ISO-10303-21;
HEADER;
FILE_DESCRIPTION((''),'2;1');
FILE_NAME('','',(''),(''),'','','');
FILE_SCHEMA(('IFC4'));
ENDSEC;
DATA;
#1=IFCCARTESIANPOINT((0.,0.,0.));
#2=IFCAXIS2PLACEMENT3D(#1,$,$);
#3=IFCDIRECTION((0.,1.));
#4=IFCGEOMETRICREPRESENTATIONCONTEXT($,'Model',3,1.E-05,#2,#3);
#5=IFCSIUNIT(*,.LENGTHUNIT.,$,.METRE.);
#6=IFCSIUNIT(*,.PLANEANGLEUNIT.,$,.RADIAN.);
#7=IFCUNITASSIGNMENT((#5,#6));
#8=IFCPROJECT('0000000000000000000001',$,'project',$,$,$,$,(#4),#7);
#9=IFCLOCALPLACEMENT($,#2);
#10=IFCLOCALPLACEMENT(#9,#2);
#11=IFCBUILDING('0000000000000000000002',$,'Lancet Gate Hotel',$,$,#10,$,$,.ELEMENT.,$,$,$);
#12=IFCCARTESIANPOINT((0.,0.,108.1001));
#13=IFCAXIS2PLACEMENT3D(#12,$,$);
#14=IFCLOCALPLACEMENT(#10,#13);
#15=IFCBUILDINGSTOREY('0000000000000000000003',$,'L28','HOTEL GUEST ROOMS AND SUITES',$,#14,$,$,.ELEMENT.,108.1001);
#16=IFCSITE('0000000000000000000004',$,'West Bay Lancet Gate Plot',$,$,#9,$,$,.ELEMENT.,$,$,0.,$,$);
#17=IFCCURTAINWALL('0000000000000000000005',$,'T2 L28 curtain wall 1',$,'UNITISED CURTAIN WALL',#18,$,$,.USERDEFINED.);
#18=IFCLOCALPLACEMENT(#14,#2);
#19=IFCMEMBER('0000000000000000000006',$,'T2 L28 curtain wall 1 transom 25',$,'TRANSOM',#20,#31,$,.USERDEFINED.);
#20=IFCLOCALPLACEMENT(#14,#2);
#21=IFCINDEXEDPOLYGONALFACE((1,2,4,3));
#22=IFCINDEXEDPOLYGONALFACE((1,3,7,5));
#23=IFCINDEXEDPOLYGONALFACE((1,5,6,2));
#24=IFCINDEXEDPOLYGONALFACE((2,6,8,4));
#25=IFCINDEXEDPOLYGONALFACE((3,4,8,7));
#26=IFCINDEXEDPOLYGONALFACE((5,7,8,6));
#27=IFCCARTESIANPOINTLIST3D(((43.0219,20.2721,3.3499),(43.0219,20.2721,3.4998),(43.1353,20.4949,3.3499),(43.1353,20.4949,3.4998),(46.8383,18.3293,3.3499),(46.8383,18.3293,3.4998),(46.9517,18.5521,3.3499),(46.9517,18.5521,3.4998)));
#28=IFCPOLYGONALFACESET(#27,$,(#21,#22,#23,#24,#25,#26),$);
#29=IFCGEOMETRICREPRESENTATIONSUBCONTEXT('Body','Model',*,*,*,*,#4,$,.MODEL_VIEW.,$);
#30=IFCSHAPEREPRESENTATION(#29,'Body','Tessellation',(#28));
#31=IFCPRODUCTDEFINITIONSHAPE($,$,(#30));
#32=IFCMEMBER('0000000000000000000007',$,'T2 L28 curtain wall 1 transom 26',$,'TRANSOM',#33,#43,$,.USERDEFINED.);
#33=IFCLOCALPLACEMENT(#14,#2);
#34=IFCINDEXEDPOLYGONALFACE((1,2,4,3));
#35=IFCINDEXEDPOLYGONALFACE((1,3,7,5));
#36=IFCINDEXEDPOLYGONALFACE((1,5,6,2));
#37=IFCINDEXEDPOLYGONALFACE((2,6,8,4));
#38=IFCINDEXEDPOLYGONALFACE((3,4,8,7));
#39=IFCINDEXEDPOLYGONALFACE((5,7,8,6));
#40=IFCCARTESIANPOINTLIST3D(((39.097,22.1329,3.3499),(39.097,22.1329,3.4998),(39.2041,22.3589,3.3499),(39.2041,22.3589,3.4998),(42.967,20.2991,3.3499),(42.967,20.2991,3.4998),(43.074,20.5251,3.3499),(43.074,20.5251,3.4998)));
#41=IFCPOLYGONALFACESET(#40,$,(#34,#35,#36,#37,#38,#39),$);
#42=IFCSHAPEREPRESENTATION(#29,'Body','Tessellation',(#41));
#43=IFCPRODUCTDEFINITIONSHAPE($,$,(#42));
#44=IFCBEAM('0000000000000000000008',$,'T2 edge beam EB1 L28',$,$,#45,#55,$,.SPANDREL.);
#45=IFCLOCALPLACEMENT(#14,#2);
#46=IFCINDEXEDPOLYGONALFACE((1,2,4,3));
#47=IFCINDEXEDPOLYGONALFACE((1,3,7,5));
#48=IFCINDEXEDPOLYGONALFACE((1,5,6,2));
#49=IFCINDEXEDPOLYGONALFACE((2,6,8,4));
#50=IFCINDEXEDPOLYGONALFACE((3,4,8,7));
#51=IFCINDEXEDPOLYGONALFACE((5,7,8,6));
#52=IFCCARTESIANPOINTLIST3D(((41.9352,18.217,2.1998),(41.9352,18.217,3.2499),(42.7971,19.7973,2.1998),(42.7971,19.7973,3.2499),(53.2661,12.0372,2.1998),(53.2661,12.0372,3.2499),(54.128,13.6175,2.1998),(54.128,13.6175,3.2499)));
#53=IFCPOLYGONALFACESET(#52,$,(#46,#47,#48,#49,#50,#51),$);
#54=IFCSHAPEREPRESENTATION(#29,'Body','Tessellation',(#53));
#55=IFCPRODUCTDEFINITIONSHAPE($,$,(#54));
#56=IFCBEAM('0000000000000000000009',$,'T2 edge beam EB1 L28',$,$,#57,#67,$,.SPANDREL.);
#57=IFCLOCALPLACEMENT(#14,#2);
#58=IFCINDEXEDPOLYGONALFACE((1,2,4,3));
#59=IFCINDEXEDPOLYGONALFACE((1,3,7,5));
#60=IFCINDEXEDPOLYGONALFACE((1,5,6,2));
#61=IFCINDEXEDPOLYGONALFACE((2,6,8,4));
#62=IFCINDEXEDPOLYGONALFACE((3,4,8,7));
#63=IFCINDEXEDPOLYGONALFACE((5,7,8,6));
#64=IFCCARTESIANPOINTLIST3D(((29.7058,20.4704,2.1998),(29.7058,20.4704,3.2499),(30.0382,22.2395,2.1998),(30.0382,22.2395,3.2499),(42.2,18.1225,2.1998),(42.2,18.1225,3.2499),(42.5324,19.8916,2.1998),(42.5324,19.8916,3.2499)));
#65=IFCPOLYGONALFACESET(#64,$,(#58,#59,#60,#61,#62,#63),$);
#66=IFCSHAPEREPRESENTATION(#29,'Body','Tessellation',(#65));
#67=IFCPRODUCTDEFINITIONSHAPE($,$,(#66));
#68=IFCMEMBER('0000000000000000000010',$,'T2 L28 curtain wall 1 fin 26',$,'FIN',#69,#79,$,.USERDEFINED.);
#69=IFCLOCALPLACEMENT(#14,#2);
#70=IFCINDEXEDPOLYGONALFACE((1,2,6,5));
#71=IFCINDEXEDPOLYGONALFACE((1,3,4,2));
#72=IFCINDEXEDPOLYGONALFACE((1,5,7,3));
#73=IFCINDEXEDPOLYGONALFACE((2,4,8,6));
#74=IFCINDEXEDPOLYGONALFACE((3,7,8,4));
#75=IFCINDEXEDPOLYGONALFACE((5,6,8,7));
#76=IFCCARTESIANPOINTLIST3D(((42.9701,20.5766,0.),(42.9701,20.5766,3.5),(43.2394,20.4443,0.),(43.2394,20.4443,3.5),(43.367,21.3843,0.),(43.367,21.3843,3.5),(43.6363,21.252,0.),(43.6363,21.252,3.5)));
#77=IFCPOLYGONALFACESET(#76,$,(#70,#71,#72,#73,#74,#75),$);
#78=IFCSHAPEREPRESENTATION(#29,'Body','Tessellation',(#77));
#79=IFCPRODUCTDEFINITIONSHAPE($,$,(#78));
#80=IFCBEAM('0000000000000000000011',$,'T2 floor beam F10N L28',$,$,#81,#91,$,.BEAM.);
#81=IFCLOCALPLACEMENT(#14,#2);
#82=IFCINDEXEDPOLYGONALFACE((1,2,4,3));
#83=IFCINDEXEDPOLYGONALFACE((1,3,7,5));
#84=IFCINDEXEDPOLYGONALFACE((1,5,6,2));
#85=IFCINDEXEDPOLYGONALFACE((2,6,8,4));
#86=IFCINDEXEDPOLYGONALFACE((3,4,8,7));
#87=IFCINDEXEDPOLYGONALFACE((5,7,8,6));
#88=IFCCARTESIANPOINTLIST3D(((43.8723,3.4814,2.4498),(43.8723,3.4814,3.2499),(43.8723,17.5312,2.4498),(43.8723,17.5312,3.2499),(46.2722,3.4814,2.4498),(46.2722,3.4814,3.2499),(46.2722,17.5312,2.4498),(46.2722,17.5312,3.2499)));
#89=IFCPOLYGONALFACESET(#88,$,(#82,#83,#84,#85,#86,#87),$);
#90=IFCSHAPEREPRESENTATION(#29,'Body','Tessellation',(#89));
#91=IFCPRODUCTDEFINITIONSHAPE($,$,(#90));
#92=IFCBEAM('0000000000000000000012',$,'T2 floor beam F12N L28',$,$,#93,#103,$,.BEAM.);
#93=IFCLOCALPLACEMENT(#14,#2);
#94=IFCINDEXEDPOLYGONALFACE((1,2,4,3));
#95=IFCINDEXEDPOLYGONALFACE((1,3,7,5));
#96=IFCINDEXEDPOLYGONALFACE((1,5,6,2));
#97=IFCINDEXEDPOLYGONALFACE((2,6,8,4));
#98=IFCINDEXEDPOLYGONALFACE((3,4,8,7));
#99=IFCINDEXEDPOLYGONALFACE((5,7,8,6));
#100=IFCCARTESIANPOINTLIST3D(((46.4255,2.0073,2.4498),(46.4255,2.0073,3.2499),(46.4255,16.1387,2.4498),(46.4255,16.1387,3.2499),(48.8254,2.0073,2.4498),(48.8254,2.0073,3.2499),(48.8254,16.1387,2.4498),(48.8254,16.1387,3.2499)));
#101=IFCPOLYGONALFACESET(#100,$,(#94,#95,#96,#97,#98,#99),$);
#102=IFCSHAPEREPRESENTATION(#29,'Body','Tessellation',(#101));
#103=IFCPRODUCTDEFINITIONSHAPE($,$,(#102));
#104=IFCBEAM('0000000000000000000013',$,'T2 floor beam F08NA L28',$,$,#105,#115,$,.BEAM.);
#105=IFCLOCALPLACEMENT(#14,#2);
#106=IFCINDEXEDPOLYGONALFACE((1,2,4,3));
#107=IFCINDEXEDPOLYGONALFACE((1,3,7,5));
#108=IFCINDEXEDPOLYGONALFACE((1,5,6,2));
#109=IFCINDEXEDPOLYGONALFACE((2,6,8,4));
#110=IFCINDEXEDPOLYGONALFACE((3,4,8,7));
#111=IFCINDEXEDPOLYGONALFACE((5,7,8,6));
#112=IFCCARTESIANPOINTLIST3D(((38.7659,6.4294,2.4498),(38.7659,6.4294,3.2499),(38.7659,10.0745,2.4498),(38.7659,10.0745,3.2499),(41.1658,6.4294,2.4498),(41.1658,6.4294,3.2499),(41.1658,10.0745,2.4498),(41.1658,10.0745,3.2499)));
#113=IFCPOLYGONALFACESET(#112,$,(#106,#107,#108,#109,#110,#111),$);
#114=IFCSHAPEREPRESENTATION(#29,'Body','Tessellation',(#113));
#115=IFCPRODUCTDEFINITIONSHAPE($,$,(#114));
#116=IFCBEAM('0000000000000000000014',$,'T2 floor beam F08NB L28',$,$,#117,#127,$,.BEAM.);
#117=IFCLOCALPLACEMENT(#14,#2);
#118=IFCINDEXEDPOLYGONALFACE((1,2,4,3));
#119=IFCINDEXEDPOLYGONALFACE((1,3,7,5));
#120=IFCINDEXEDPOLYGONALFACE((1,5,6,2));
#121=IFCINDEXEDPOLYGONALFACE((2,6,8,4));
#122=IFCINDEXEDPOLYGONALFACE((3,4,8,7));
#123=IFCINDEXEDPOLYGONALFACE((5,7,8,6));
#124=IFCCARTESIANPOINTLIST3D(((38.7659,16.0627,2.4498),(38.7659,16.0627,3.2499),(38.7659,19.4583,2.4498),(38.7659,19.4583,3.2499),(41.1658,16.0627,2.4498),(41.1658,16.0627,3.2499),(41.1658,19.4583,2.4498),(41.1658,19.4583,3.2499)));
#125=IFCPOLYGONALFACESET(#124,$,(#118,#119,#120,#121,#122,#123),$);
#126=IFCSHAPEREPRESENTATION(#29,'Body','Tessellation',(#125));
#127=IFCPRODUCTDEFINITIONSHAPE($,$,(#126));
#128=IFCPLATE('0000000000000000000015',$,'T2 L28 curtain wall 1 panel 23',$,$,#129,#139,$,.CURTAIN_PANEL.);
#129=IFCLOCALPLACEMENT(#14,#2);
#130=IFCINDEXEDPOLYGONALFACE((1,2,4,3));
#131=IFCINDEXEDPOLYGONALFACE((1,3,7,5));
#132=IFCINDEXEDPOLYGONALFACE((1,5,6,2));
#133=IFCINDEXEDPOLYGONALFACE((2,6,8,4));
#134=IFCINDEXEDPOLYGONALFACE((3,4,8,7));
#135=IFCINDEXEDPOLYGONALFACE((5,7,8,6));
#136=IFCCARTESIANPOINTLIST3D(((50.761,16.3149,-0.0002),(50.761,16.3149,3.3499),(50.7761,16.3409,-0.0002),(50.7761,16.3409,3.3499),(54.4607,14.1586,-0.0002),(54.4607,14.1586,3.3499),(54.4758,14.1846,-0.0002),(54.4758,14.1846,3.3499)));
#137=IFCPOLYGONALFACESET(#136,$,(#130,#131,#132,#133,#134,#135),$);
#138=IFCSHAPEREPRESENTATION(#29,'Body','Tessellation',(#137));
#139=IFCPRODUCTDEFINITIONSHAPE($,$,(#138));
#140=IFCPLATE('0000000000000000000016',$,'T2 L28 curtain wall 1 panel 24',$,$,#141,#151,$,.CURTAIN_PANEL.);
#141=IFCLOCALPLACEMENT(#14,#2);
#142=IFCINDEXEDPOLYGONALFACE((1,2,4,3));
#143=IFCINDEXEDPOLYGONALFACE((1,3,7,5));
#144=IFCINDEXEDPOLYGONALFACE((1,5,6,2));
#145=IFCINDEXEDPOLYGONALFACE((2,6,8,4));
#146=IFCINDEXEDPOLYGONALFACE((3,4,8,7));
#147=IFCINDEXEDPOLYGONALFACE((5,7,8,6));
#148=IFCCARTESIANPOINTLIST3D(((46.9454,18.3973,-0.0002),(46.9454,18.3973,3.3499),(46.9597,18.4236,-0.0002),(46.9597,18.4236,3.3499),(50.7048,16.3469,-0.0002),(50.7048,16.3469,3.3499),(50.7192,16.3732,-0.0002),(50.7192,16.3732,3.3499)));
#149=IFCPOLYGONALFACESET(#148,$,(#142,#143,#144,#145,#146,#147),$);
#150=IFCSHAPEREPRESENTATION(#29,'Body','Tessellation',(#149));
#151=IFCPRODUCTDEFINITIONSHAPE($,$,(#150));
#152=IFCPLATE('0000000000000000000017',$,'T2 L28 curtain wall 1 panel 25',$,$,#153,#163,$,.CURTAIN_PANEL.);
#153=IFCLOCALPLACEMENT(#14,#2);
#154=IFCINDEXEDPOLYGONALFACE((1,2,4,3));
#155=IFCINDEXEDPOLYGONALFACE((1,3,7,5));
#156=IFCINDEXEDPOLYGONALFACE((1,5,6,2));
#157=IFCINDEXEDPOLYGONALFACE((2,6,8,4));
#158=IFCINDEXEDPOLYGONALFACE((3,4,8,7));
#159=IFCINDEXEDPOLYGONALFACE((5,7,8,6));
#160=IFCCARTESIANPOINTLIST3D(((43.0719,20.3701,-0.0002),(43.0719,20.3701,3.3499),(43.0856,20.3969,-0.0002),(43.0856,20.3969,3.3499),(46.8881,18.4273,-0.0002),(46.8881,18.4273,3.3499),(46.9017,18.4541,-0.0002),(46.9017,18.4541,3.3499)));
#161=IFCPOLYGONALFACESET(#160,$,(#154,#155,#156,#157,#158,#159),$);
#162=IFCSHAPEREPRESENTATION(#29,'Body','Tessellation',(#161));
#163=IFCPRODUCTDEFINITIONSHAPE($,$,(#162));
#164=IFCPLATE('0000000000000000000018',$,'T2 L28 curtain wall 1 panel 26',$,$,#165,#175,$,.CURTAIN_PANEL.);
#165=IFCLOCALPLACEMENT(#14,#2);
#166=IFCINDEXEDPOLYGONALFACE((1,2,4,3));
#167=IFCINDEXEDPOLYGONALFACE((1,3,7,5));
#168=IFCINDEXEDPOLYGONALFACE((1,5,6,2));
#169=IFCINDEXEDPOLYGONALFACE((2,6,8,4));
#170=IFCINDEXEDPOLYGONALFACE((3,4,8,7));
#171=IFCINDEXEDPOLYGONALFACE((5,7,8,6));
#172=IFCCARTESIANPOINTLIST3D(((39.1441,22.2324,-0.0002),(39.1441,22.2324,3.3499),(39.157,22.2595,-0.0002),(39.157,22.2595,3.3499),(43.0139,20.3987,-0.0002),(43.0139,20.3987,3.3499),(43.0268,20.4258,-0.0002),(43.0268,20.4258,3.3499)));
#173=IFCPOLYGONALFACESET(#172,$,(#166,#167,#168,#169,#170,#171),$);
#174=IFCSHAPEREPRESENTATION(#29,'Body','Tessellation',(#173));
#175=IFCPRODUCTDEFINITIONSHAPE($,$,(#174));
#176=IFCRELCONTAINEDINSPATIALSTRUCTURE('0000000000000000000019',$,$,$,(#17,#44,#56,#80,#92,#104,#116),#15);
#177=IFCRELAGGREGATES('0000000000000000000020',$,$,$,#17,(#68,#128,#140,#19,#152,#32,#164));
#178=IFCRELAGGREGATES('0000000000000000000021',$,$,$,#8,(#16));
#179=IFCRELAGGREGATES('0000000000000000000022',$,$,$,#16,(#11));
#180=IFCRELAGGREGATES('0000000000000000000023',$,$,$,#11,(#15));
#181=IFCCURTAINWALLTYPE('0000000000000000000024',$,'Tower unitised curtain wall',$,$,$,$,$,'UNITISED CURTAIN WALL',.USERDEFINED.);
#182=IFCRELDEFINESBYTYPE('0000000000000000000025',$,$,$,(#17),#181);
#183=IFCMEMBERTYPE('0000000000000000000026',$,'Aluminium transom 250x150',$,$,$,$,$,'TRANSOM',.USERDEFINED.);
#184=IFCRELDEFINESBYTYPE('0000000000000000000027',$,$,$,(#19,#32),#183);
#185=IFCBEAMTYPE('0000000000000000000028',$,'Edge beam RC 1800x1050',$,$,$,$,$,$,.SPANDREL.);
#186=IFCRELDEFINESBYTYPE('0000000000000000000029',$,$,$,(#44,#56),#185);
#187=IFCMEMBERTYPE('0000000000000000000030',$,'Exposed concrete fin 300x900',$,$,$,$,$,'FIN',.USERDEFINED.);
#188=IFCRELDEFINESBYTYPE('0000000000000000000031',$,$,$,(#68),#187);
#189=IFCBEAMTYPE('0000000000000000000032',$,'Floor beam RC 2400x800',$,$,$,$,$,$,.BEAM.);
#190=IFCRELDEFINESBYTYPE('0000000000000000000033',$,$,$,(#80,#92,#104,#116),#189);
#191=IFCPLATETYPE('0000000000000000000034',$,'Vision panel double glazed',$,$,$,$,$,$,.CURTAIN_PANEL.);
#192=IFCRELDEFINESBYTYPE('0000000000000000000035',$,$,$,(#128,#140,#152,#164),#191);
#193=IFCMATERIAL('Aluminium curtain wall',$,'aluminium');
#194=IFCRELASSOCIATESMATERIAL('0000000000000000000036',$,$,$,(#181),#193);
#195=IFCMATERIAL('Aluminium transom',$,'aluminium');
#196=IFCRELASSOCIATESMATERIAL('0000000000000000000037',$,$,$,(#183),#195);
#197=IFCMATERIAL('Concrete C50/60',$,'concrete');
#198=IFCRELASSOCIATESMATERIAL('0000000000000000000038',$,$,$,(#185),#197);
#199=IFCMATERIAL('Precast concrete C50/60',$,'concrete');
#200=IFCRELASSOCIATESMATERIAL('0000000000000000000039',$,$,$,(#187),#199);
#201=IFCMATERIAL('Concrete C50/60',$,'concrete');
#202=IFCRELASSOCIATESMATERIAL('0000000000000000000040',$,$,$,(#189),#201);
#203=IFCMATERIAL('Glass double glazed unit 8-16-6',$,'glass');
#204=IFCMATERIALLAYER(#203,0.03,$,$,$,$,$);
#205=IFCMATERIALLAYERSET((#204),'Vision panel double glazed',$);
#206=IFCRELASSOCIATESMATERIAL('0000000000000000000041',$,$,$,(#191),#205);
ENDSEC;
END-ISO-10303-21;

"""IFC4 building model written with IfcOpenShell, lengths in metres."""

from ifc_helpers import new_model, si_unit, direction, frame, origin, origin_2d, place, context, subcontext, project, spatial, rectangle, extrude, material, layer, layer_set, material_profile, profile_set, type_object, element, aggregate, save


model = new_model("IFC4")

# Units and contexts
model_context = context("Model", 3, precision=1e-05, world=origin(), true_north=direction((0.0, 1.0)))
body_context = subcontext(model_context, "Body", "Model", "MODEL_VIEW")
ifc_project = project(units=[si_unit("LENGTHUNIT", "METRE"), si_unit("PLANEANGLEUNIT", "RADIAN")], contexts=[model_context])

# Site, building, storey
site_placement = place(None, origin())
site = spatial("IfcSite", under=ifc_project, at=site_placement, Name="West Bay Lancet Gate Plot", CompositionType="ELEMENT", RefElevation=0.0)
building_placement = place(site_placement, origin())
building = spatial("IfcBuilding", under=site, at=building_placement, Name="Lancet Gate Hotel", CompositionType="ELEMENT")
storey_placement = place(building_placement, frame((0.0, 0.0, 108.1001)))
storey = spatial("IfcBuildingStorey", under=building, at=storey_placement, Name="L28", Description="HOTEL GUEST ROOMS AND SUITES", CompositionType="ELEMENT", Elevation=108.1001)

# Curtain wall, members
ifc_material_1 = material(Name="Aluminium curtain wall", Category="aluminium")
curtain_wall_type = type_object("IfcCurtainWallType", Name="Tower unitised curtain wall", ElementType="UNITISED CURTAIN WALL", PredefinedType="USERDEFINED", material=ifc_material_1)
curtain_wall_placement = place(storey_placement, origin())
curtain_wall = element("IfcCurtainWall", 1, at=curtain_wall_placement, inside=storey, type_object=curtain_wall_type, Name="T2 L28 curtain wall 1", ObjectType="UNITISED CURTAIN WALL", PredefinedType="USERDEFINED")
ifc_material_2 = material(Name="Aluminium transom", Category="aluminium")
ifc_material_profile_1 = material_profile(ifc_material_2, rectangle(XDim=0.25, YDim=0.1499, at=origin_2d()), Name="TRANSOM 250x150")
ifc_profile_set_1 = profile_set([ifc_material_profile_1], Name="Aluminium transom")
member_type_1 = type_object("IfcMemberType", Name="Aluminium transom 250x150", ElementType="TRANSOM", PredefinedType="USERDEFINED", material=ifc_profile_set_1)
member_1_placement = place(storey_placement, frame((46.895, 18.4407, 3.4248), z_axis=(-0.891166, 0.453678, 0.0), x_axis=(-0.453678, -0.891166, 0.0)))
member_1 = element("IfcMember", 2, at=member_1_placement, type_object=member_type_1, Name="T2 L28 curtain wall 1 transom 25", ObjectType="TRANSOM", PredefinedType="USERDEFINED", context=body_context, shape_type="SweptSolid", body=[
    extrude(rectangle(XDim=0.25, YDim=0.1499, at=origin_2d()), origin(), (0.0, 0.0, 1.0), 4.2825),
])
member_2_placement = place(storey_placement, frame((43.0205, 20.4121, 3.4248), z_axis=(-0.90368, 0.428209, 0.0), x_axis=(-0.428209, -0.90368, 0.0)))
member_2 = element("IfcMember", 3, at=member_2_placement, type_object=member_type_1, Name="T2 L28 curtain wall 1 transom 26", ObjectType="TRANSOM", PredefinedType="USERDEFINED", context=body_context, shape_type="SweptSolid", body=[
    extrude(rectangle(XDim=0.25, YDim=0.1499, at=origin_2d()), origin(), (0.0, 0.0, 1.0), 4.2825),
])

# Beams
ifc_material_3 = material(Name="Concrete C50/60", Category="concrete")
ifc_material_profile_2 = material_profile(ifc_material_3, rectangle(XDim=1.8, YDim=1.05, at=origin_2d()), Name="RC 1800x1050")
ifc_profile_set_2 = profile_set([ifc_material_profile_2], Name="Concrete C50/60")
beam_type_1 = type_object("IfcBeamType", Name="Edge beam RC 1800x1050", PredefinedType="SPANDREL", material=ifc_profile_set_2)
beam_1_placement = place(storey_placement, frame((53.697, 12.8274, 2.7249), z_axis=(-0.87792, 0.478807, 0.0), x_axis=(-0.478807, -0.87792, 0.0)))
element("IfcBeam", 4, at=beam_1_placement, inside=storey, type_object=beam_type_1, Name="T2 edge beam EB1 L28", PredefinedType="SPANDREL", context=body_context, shape_type="SweptSolid", body=[
    extrude(rectangle(XDim=1.8, YDim=1.05, at=origin_2d()), origin(), (0.0, 0.0, 1.0), 12.9065),
])
beam_2_placement = place(storey_placement, frame((42.3662, 19.0071, 2.7249), z_axis=(-0.982797, 0.184687, 0.0), x_axis=(-0.184687, -0.982797, 0.0)))
element("IfcBeam", 5, at=beam_2_placement, inside=storey, type_object=beam_type_1, Name="T2 edge beam EB1 L28", PredefinedType="SPANDREL", context=body_context, shape_type="SweptSolid", body=[
    extrude(rectangle(XDim=1.8, YDim=1.05, at=origin_2d()), origin(), (0.0, 0.0, 1.0), 12.7129),
])

# Member
ifc_material_4 = material(Name="Precast concrete C50/60", Category="concrete")
ifc_material_profile_3 = material_profile(ifc_material_4, rectangle(XDim=0.3, YDim=0.8999, at=origin_2d()), Name="FIN 300x900")
ifc_profile_set_3 = profile_set([ifc_material_profile_3], Name="Precast concrete C50/60")
member_type_2 = type_object("IfcMemberType", Name="Exposed concrete fin 300x900", ElementType="FIN", PredefinedType="USERDEFINED", material=ifc_profile_set_3)
member_3_placement = place(storey_placement, frame((43.3032, 20.9143, 0.0), z_axis=(0.0, 0.0, 1.0), x_axis=(-0.897512, 0.44099, 0.0)))
member_3 = element("IfcMember", 6, at=member_3_placement, type_object=member_type_2, Name="T2 L28 curtain wall 1 fin 26", ObjectType="FIN", PredefinedType="USERDEFINED", context=body_context, shape_type="SweptSolid", body=[
    extrude(rectangle(XDim=0.3, YDim=0.8999, at=origin_2d()), origin(), (0.0, 0.0, 1.0), 3.5),
])

# Beams
ifc_material_5 = material(Name="Concrete C50/60", Category="concrete")
ifc_material_profile_4 = material_profile(ifc_material_5, rectangle(XDim=2.3999, YDim=0.8, at=origin_2d()), Name="RC 2400x800")
ifc_profile_set_4 = profile_set([ifc_material_profile_4], Name="Concrete C50/60")
beam_type_2 = type_object("IfcBeamType", Name="Floor beam RC 2400x800", PredefinedType="BEAM", material=ifc_profile_set_4)
beam_3_placement = place(storey_placement, frame((45.0723, 3.4814, 2.8499), z_axis=(0.0, 1.0, 0.0), x_axis=(-1.0, 0.0, 0.0)))
element("IfcBeam", 7, at=beam_3_placement, inside=storey, type_object=beam_type_2, Name="T2 floor beam F10N L28", PredefinedType="BEAM", context=body_context, shape_type="SweptSolid", body=[
    extrude(rectangle(XDim=2.3999, YDim=0.8, at=origin_2d()), origin(), (0.0, 0.0, 1.0), 14.0498),
])
beam_4_placement = place(storey_placement, frame((47.6255, 2.0073, 2.8499), z_axis=(0.0, 1.0, 0.0), x_axis=(-1.0, 0.0, 0.0)))
element("IfcBeam", 8, at=beam_4_placement, inside=storey, type_object=beam_type_2, Name="T2 floor beam F12N L28", PredefinedType="BEAM", context=body_context, shape_type="SweptSolid", body=[
    extrude(rectangle(XDim=2.3999, YDim=0.8, at=origin_2d()), origin(), (0.0, 0.0, 1.0), 14.1313),
])
beam_5_placement = place(storey_placement, frame((39.9658, 6.4294, 2.8499), z_axis=(0.0, 1.0, 0.0), x_axis=(-1.0, 0.0, 0.0)))
element("IfcBeam", 9, at=beam_5_placement, inside=storey, type_object=beam_type_2, Name="T2 floor beam F08NA L28", PredefinedType="BEAM", context=body_context, shape_type="SweptSolid", body=[
    extrude(rectangle(XDim=2.3999, YDim=0.8, at=origin_2d()), origin(), (0.0, 0.0, 1.0), 3.645),
])
beam_6_placement = place(storey_placement, frame((39.9658, 16.0627, 2.8499), z_axis=(0.0, 1.0, 0.0), x_axis=(-1.0, 0.0, 0.0)))
element("IfcBeam", 10, at=beam_6_placement, inside=storey, type_object=beam_type_2, Name="T2 floor beam F08NB L28", PredefinedType="BEAM", context=body_context, shape_type="SweptSolid", body=[
    extrude(rectangle(XDim=2.3999, YDim=0.8, at=origin_2d()), origin(), (0.0, 0.0, 1.0), 3.3955),
])

# Plates
ifc_material_6 = material(Name="Glass double glazed unit 8-16-6", Category="glass")
ifc_layer_1 = layer(ifc_material_6, 0.03)
ifc_layer_set_1 = layer_set([ifc_layer_1], Name="Vision panel double glazed")
plate_type = type_object("IfcPlateType", Name="Vision panel double glazed", PredefinedType="CURTAIN_PANEL", material=ifc_layer_set_1)
plate_1_placement = place(storey_placement, frame((52.6184, 15.2498, -0.0002), z_axis=(0.0, 0.0, 1.0), x_axis=(-0.863966, 0.503551, 0.0)))
plate_1 = element("IfcPlate", 11, at=plate_1_placement, type_object=plate_type, Name="T2 L28 curtain wall 1 panel 23", PredefinedType="CURTAIN_PANEL", context=body_context, shape_type="SweptSolid", body=[
    extrude(rectangle(XDim=4.2822, YDim=0.03, at=origin_2d()), origin(), (0.0, 0.0, 1.0), 3.3501),
])
plate_2_placement = place(storey_placement, frame((48.8323, 17.3853, -0.0002), z_axis=(0.0, 0.0, 1.0), x_axis=(-0.877916, 0.478814, 0.0)))
plate_2 = element("IfcPlate", 12, at=plate_2_placement, type_object=plate_type, Name="T2 L28 curtain wall 1 panel 24", PredefinedType="CURTAIN_PANEL", context=body_context, shape_type="SweptSolid", body=[
    extrude(rectangle(XDim=4.2822, YDim=0.03, at=origin_2d()), origin(), (0.0, 0.0, 1.0), 3.3501),
])
plate_3_placement = place(storey_placement, frame((44.9868, 19.4121, -0.0002), z_axis=(0.0, 0.0, 1.0), x_axis=(-0.891159, 0.45369, 0.0)))
plate_3 = element("IfcPlate", 13, at=plate_3_placement, type_object=plate_type, Name="T2 L28 curtain wall 1 panel 25", PredefinedType="CURTAIN_PANEL", context=body_context, shape_type="SweptSolid", body=[
    extrude(rectangle(XDim=4.2822, YDim=0.03, at=origin_2d()), origin(), (0.0, 0.0, 1.0), 3.3501),
])
plate_4_placement = place(storey_placement, frame((41.0854, 21.3291, -0.0002), z_axis=(0.0, 0.0, 1.0), x_axis=(-0.903683, 0.428201, 0.0)))
plate_4 = element("IfcPlate", 14, at=plate_4_placement, type_object=plate_type, Name="T2 L28 curtain wall 1 panel 26", PredefinedType="CURTAIN_PANEL", context=body_context, shape_type="SweptSolid", body=[
    extrude(rectangle(XDim=4.2822, YDim=0.03, at=origin_2d()), origin(), (0.0, 0.0, 1.0), 3.3501),
])
aggregate(curtain_wall, [member_3, plate_1, plate_2, member_1, plate_3, member_2, plate_4])

save(model, "model.ifc")
